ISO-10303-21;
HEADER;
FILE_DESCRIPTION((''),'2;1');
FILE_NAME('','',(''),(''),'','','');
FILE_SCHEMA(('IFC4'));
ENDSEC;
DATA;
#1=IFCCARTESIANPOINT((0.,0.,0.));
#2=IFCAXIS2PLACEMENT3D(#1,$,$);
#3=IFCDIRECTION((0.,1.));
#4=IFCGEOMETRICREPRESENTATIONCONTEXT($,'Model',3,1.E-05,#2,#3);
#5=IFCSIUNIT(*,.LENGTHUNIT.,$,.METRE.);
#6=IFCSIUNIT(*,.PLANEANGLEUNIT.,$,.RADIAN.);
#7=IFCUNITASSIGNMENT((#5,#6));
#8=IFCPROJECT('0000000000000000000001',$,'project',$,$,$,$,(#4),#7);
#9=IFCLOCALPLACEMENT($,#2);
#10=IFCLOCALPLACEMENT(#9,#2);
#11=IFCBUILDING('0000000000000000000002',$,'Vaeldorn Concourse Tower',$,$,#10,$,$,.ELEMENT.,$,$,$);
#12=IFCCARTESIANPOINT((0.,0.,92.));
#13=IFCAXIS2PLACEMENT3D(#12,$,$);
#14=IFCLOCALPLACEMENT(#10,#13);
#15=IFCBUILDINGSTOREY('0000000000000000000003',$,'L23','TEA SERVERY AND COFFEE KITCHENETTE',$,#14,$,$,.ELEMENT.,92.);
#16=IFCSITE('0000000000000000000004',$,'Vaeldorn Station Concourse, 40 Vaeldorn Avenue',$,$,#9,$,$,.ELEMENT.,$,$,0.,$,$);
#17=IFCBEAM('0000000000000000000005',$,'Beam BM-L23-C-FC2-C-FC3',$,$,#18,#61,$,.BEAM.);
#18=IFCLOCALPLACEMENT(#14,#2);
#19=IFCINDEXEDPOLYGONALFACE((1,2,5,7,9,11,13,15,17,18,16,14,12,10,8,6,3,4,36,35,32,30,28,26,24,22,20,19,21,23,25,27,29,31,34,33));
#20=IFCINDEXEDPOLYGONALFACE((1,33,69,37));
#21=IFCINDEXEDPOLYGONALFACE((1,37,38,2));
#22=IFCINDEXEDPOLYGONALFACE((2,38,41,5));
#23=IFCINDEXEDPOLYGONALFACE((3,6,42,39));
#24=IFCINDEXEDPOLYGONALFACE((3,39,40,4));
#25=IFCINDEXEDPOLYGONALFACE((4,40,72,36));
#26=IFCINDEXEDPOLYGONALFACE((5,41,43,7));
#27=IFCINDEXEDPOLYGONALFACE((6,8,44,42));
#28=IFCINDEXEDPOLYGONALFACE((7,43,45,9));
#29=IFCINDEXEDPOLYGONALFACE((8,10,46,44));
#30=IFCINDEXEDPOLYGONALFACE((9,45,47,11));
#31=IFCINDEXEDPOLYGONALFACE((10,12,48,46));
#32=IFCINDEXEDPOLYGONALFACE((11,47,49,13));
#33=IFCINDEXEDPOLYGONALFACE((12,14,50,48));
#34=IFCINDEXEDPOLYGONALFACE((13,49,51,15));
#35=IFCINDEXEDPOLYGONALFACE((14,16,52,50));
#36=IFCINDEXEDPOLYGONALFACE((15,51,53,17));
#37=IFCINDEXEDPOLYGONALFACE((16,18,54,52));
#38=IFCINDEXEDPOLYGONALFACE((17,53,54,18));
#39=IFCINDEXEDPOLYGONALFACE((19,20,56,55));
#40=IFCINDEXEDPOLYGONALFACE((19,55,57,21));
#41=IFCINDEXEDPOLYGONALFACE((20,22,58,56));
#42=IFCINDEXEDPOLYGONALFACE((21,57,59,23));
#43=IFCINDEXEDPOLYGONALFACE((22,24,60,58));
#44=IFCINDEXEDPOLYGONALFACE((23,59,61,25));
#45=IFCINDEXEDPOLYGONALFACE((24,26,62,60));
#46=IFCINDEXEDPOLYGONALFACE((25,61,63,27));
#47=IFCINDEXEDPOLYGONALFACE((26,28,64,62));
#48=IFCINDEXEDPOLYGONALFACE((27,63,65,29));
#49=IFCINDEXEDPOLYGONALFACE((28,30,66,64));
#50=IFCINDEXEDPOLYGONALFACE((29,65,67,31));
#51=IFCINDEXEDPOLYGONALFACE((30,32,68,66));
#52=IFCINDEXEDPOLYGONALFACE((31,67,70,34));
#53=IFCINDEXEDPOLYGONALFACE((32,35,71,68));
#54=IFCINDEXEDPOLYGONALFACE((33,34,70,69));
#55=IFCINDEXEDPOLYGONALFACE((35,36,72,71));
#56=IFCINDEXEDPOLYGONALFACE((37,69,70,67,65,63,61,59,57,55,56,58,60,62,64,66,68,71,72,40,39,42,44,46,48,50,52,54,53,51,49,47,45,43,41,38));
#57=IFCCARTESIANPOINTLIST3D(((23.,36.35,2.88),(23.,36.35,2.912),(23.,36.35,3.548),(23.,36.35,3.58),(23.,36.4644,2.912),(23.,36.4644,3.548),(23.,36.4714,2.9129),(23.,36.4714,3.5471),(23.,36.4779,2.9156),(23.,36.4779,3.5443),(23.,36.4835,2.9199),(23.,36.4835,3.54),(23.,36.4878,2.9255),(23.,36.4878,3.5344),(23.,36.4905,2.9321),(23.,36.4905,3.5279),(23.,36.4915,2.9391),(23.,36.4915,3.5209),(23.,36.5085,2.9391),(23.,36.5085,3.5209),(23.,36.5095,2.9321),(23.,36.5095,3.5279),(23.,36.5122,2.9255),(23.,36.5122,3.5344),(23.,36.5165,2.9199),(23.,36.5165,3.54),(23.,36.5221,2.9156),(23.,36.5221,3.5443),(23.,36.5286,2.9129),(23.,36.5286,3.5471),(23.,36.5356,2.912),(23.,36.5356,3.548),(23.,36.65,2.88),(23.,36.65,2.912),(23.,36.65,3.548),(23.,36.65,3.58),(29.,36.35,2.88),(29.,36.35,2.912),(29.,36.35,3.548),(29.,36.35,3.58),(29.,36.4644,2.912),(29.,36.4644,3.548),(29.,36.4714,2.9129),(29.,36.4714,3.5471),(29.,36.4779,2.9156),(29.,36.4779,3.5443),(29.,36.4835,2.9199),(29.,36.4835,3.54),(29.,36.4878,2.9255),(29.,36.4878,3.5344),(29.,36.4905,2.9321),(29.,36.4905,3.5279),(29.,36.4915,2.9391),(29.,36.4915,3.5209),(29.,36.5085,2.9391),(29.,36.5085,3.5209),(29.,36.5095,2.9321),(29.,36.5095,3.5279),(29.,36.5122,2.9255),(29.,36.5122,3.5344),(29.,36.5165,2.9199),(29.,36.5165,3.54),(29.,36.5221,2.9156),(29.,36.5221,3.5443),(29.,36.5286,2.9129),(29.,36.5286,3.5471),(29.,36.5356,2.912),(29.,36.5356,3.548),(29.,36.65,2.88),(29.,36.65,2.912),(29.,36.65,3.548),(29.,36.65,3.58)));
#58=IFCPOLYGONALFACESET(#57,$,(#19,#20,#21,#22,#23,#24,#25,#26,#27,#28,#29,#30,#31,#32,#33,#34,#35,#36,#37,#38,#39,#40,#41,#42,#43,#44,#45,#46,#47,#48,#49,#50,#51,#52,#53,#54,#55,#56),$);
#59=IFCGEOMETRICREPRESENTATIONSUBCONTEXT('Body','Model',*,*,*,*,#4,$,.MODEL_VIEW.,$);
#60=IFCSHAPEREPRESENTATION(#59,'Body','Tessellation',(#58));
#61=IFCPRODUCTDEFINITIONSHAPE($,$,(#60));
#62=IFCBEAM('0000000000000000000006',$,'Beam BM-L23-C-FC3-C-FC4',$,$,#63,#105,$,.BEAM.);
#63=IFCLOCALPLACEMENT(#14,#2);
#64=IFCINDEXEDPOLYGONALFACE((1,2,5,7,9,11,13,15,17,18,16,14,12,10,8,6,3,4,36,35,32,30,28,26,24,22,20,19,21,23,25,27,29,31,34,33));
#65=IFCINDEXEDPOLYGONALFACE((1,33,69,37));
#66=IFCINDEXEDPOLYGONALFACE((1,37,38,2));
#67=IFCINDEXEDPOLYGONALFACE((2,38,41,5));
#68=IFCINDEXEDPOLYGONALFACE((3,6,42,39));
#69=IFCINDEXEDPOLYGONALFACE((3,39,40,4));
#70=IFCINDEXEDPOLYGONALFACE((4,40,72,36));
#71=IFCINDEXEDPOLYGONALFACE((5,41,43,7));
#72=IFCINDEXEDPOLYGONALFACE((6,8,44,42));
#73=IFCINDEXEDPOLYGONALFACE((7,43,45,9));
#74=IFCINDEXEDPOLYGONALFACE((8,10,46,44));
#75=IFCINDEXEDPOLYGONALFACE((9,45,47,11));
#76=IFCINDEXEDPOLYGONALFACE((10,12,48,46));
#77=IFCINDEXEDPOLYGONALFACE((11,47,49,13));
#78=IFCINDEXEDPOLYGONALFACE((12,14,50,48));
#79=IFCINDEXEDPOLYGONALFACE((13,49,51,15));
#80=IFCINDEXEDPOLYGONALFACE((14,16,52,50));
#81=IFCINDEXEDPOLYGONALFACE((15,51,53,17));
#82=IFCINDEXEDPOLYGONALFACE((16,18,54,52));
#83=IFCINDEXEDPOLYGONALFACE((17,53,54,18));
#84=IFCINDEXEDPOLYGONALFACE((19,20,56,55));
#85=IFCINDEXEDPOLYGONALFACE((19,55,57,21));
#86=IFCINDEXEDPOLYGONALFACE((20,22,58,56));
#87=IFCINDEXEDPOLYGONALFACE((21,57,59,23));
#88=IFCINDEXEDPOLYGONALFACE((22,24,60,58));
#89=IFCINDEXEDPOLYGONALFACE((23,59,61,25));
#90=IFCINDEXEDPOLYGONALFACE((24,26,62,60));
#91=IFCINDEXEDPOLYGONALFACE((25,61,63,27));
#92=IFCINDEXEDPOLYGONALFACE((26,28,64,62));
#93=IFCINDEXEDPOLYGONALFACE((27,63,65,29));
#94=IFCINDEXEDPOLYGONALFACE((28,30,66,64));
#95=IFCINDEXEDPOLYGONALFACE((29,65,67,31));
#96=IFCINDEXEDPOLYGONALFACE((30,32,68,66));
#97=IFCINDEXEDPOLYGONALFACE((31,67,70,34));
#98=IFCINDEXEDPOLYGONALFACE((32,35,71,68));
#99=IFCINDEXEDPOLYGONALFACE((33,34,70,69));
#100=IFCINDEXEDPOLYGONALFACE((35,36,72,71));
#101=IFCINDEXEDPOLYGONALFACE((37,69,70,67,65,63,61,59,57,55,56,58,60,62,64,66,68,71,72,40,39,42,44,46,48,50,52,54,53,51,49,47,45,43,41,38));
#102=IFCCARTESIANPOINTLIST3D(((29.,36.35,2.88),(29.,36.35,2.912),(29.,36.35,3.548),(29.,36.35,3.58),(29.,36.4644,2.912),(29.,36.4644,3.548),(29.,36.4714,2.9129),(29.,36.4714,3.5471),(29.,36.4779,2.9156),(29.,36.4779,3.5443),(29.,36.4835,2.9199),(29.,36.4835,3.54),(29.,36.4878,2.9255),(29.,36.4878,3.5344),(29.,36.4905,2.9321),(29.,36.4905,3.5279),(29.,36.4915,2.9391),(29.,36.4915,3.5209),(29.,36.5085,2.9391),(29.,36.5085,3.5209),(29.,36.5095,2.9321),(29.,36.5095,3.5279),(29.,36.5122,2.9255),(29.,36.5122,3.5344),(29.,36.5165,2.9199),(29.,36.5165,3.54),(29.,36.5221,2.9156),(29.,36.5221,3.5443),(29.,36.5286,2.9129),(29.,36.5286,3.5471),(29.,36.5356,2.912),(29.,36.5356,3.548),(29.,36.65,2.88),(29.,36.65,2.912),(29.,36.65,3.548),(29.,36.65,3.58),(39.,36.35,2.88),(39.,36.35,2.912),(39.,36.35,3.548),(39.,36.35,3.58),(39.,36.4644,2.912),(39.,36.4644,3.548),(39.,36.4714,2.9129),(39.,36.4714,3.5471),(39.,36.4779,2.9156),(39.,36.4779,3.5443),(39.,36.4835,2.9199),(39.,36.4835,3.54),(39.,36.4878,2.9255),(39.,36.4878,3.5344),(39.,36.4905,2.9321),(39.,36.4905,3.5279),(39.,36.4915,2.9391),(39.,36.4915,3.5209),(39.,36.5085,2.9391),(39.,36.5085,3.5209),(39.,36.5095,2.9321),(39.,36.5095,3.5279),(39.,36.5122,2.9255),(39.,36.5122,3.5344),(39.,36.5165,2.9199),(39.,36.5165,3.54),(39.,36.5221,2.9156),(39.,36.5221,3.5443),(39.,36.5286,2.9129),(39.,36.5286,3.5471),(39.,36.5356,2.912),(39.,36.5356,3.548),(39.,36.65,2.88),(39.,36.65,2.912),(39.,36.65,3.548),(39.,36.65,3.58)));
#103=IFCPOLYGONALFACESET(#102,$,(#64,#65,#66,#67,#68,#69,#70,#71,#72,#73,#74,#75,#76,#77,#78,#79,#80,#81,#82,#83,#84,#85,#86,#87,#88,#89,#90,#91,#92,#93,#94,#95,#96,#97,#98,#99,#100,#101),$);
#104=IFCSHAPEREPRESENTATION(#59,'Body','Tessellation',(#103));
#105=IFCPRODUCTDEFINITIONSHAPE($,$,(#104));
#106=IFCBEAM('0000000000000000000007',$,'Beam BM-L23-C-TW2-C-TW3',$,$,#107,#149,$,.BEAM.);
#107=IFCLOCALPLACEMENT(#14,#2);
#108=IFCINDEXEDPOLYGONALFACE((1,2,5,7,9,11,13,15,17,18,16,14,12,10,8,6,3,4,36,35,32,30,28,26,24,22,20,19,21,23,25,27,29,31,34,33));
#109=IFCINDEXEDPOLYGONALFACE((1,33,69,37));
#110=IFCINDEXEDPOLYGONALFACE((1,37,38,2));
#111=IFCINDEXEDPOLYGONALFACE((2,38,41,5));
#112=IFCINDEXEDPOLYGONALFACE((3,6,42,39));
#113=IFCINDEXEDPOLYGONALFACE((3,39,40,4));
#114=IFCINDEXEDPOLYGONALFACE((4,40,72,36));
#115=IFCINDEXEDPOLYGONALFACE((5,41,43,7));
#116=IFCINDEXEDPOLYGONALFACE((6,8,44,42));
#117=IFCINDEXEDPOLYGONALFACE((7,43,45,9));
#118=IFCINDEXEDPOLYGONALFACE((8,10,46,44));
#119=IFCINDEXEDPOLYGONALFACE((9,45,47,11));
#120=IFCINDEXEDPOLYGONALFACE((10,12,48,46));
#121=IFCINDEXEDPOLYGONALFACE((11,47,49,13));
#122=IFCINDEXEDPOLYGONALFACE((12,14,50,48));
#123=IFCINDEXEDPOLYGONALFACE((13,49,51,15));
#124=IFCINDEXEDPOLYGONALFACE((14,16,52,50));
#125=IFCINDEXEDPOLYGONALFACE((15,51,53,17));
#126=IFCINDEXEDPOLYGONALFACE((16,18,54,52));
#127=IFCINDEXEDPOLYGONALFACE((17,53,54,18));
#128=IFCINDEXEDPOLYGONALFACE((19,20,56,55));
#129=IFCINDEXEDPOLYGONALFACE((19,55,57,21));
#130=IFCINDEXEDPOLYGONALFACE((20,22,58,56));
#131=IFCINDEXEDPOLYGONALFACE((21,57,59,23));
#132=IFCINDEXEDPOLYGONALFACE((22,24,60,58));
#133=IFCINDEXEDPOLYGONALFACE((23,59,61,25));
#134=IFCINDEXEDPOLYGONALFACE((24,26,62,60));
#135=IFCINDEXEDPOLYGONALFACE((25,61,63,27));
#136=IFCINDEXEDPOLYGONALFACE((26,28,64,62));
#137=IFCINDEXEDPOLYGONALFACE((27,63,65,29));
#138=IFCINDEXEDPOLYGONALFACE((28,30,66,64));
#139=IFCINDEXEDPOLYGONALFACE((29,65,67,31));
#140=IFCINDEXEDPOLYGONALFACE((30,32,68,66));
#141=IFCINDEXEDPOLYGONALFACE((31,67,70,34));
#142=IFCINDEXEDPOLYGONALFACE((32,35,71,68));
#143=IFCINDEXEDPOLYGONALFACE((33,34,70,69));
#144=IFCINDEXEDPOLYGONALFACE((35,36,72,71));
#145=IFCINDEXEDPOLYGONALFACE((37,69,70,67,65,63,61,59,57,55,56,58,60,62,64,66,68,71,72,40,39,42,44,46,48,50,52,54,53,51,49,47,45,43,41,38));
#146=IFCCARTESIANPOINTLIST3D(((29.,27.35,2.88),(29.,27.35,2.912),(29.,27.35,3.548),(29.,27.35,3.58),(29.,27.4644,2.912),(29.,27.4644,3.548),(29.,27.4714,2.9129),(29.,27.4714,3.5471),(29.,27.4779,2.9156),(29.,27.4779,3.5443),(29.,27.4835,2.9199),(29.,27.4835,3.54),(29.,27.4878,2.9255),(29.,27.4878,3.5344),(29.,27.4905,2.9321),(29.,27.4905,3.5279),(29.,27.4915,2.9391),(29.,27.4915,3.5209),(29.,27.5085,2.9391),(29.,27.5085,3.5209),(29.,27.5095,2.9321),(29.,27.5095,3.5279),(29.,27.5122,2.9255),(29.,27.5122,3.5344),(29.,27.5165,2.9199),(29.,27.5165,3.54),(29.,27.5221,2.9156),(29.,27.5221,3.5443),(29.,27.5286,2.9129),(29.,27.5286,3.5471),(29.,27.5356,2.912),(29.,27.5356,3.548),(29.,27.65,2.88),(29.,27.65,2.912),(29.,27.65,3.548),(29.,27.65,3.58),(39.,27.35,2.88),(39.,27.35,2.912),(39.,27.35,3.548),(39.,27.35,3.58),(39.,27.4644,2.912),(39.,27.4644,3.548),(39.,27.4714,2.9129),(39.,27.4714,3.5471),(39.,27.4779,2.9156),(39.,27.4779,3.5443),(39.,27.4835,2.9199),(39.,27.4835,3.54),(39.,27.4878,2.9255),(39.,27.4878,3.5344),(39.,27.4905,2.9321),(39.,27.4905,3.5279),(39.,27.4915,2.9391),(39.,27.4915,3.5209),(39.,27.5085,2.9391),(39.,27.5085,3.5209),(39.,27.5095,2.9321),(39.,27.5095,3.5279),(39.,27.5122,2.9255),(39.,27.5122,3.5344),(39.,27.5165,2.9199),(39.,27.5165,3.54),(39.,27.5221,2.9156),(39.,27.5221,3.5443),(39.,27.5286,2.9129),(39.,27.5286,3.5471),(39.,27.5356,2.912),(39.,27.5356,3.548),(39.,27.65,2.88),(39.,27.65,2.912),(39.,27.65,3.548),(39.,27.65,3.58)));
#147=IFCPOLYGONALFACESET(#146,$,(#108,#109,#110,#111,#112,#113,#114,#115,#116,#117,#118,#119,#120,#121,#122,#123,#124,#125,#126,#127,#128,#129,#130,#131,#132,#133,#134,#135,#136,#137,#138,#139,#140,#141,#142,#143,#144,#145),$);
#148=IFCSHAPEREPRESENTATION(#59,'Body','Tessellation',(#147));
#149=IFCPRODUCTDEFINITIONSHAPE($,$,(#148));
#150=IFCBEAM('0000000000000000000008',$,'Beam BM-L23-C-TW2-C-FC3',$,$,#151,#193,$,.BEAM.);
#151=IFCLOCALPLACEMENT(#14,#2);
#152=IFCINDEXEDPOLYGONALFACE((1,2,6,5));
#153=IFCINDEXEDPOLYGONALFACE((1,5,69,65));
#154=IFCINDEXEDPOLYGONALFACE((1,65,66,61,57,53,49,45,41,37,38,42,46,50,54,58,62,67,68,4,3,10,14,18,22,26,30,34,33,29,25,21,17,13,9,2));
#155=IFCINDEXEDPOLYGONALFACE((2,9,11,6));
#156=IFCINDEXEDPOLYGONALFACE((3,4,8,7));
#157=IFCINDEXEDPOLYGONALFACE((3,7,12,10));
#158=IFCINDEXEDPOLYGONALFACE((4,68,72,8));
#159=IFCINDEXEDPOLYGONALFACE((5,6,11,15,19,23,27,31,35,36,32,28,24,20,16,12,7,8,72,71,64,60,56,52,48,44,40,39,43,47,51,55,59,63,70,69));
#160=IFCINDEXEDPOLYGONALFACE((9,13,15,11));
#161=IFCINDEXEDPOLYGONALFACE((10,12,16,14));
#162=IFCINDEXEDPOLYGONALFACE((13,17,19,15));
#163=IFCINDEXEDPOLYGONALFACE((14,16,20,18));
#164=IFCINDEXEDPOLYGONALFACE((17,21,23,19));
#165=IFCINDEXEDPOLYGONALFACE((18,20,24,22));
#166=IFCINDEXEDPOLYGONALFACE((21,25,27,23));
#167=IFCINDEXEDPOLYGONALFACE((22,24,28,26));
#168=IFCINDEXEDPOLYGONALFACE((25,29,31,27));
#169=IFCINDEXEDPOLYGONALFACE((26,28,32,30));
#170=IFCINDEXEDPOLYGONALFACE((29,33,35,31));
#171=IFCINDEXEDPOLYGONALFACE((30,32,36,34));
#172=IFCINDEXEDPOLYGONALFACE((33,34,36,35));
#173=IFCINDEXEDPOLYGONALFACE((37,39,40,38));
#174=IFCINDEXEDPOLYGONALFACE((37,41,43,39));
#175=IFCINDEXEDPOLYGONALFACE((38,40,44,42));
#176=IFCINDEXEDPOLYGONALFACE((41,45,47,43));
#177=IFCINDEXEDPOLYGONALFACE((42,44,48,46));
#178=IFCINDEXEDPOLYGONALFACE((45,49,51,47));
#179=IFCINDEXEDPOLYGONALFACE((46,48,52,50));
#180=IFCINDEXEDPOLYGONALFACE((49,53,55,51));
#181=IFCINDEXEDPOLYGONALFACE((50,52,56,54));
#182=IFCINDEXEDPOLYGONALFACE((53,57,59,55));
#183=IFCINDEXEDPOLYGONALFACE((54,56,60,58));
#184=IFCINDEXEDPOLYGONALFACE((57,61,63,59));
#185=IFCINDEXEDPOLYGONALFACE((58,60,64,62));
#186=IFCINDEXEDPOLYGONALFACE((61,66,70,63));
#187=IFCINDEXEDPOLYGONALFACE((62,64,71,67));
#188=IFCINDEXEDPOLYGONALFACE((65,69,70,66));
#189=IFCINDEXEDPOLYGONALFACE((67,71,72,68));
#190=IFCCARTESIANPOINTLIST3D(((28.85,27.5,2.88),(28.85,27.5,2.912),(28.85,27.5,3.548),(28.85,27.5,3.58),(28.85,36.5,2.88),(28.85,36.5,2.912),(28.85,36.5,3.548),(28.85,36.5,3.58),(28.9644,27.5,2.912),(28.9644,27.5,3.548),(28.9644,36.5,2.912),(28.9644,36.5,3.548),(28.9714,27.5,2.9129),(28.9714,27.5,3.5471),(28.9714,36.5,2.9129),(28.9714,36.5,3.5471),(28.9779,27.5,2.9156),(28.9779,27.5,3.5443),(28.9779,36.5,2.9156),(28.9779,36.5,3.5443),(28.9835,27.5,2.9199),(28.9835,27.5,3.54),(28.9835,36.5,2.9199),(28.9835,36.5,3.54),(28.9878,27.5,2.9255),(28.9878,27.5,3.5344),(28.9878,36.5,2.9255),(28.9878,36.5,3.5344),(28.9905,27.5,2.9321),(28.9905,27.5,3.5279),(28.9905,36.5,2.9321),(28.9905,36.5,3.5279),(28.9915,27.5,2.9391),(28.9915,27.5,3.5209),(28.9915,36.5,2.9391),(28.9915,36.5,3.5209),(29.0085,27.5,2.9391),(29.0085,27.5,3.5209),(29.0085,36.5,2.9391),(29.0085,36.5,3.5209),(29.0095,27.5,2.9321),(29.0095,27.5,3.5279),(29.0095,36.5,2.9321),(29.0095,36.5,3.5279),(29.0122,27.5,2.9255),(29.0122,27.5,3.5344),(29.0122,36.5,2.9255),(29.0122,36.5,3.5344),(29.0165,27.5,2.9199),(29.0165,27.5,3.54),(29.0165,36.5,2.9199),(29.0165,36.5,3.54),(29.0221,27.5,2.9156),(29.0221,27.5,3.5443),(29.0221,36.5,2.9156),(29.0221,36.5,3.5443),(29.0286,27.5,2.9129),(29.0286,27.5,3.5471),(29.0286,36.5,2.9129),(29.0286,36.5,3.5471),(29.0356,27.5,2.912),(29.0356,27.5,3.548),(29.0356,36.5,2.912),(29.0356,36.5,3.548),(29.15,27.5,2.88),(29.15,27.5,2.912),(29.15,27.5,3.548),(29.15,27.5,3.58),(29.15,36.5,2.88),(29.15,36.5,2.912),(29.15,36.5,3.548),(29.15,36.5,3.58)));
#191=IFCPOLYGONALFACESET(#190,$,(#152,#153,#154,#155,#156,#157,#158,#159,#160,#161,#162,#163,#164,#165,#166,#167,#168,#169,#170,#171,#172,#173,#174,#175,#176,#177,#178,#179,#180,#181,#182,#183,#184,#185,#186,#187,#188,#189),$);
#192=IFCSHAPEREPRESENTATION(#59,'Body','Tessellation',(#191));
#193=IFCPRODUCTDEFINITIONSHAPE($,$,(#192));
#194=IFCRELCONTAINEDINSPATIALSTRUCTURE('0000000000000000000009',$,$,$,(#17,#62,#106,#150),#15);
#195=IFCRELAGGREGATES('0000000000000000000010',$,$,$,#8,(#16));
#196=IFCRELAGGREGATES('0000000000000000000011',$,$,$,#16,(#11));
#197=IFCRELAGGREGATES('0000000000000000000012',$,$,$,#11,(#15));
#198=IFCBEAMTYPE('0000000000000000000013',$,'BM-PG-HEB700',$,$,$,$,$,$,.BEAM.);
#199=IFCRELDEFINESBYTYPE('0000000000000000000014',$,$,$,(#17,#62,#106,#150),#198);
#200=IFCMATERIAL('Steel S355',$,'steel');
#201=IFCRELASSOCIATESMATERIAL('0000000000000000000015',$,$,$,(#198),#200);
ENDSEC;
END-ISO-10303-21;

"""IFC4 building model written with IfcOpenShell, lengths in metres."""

from ifc_helpers import new_model, si_unit, direction, frame, origin, origin_2d, place, context, subcontext, project, spatial, i_section, extrude, source, transform, mapped, material, material_profile, profile_set, type_object, element, save


model = new_model("IFC4")

# Units and contexts
model_context = context("Model", 3, precision=1e-05, world=origin(), true_north=direction((0.0, 1.0)))
body_context = subcontext(model_context, "Body", "Model", "MODEL_VIEW")
ifc_project = project(units=[si_unit("LENGTHUNIT", "METRE"), si_unit("PLANEANGLEUNIT", "RADIAN")], contexts=[model_context])

# Site, building, storey
site_placement = place(None, origin())
site = spatial("IfcSite", under=ifc_project, at=site_placement, Name="Vaeldorn Station Concourse, 40 Vaeldorn Avenue", CompositionType="ELEMENT", RefElevation=0.0)
building_placement = place(site_placement, origin())
building = spatial("IfcBuilding", under=site, at=building_placement, Name="Vaeldorn Concourse Tower", CompositionType="ELEMENT")
storey_placement = place(building_placement, frame((0.0, 0.0, 92.0)))
storey = spatial("IfcBuildingStorey", under=building, at=storey_placement, Name="L23", Description="TEA SERVERY AND COFFEE KITCHENETTE", CompositionType="ELEMENT", Elevation=92.0)

# Beams
ifc_material_1 = material(Name="Steel S355", Category="steel")
ifc_material_profile_1 = material_profile(ifc_material_1, i_section(OverallWidth=0.3, OverallDepth=0.7, WebThickness=0.0171, FlangeThickness=0.032, FilletRadius=0.0271, at=origin_2d()), Name="HEB 700")
ifc_profile_set_1 = profile_set([ifc_material_profile_1], Name="Steel S355")
beam_type_1 = type_object("IfcBeamType", Name="BM-PG-HEB700", PredefinedType="BEAM", material=ifc_profile_set_1)
shared_shape_1 = source(origin(), body_context, "Body", "SweptSolid", [
    extrude(i_section(OverallWidth=0.3, OverallDepth=0.7, WebThickness=0.0171, FlangeThickness=0.032, FilletRadius=0.0271, at=origin_2d()), origin(), (0.0, 0.0, 1.0), 6.0),
])
beam_1_placement = place(storey_placement, frame((23.0, 36.5, 3.23), z_axis=(1.0, 0.0, 0.0), x_axis=(0.0, 1.0, 0.0)))
element("IfcBeam", 1, at=beam_1_placement, inside=storey, type_object=beam_type_1, Name="Beam BM-L23-C-FC2-C-FC3", PredefinedType="BEAM", context=body_context, shape_type="MappedRepresentation", body=[
    mapped(shared_shape_1, transform((0.0, 0.0, 0.0), scale=1.0)),
])
shared_shape_2 = source(origin(), body_context, "Body", "SweptSolid", [
    extrude(i_section(OverallWidth=0.3, OverallDepth=0.7, WebThickness=0.0171, FlangeThickness=0.032, FilletRadius=0.0271, at=origin_2d()), origin(), (0.0, 0.0, 1.0), 10.0),
])
for number, where, z_axis, x_axis, name in (
    (2, (29.0, 36.5, 3.23), (1.0, 0.0, 0.0), (0.0, 1.0, 0.0), "Beam BM-L23-C-FC3-C-FC4"),
    (3, (29.0, 27.5, 3.23), (1.0, 0.0, 0.0), (0.0, 1.0, 0.0), "Beam BM-L23-C-TW2-C-TW3"),
):
    element("IfcBeam", number, at=place(storey_placement, frame(where, z_axis=z_axis, x_axis=x_axis)), inside=storey, type_object=beam_type_1, Name=name, PredefinedType="BEAM", context=body_context, shape_type="MappedRepresentation", body=[
        mapped(shared_shape_2, transform((0.0, 0.0, 0.0), scale=1.0)),
    ])
shared_shape_3 = source(origin(), body_context, "Body", "SweptSolid", [
    extrude(i_section(OverallWidth=0.3, OverallDepth=0.7, WebThickness=0.0171, FlangeThickness=0.032, FilletRadius=0.0271, at=origin_2d()), origin(), (0.0, 0.0, 1.0), 9.0),
])
beam_2_placement = place(storey_placement, frame((29.0, 27.5, 3.23), z_axis=(0.0, 1.0, 0.0), x_axis=(-1.0, 0.0, 0.0)))
element("IfcBeam", 4, at=beam_2_placement, inside=storey, type_object=beam_type_1, Name="Beam BM-L23-C-TW2-C-FC3", PredefinedType="BEAM", context=body_context, shape_type="MappedRepresentation", body=[
    mapped(shared_shape_3, transform((0.0, 0.0, 0.0), scale=1.0)),
])

save(model, "model.ifc")
